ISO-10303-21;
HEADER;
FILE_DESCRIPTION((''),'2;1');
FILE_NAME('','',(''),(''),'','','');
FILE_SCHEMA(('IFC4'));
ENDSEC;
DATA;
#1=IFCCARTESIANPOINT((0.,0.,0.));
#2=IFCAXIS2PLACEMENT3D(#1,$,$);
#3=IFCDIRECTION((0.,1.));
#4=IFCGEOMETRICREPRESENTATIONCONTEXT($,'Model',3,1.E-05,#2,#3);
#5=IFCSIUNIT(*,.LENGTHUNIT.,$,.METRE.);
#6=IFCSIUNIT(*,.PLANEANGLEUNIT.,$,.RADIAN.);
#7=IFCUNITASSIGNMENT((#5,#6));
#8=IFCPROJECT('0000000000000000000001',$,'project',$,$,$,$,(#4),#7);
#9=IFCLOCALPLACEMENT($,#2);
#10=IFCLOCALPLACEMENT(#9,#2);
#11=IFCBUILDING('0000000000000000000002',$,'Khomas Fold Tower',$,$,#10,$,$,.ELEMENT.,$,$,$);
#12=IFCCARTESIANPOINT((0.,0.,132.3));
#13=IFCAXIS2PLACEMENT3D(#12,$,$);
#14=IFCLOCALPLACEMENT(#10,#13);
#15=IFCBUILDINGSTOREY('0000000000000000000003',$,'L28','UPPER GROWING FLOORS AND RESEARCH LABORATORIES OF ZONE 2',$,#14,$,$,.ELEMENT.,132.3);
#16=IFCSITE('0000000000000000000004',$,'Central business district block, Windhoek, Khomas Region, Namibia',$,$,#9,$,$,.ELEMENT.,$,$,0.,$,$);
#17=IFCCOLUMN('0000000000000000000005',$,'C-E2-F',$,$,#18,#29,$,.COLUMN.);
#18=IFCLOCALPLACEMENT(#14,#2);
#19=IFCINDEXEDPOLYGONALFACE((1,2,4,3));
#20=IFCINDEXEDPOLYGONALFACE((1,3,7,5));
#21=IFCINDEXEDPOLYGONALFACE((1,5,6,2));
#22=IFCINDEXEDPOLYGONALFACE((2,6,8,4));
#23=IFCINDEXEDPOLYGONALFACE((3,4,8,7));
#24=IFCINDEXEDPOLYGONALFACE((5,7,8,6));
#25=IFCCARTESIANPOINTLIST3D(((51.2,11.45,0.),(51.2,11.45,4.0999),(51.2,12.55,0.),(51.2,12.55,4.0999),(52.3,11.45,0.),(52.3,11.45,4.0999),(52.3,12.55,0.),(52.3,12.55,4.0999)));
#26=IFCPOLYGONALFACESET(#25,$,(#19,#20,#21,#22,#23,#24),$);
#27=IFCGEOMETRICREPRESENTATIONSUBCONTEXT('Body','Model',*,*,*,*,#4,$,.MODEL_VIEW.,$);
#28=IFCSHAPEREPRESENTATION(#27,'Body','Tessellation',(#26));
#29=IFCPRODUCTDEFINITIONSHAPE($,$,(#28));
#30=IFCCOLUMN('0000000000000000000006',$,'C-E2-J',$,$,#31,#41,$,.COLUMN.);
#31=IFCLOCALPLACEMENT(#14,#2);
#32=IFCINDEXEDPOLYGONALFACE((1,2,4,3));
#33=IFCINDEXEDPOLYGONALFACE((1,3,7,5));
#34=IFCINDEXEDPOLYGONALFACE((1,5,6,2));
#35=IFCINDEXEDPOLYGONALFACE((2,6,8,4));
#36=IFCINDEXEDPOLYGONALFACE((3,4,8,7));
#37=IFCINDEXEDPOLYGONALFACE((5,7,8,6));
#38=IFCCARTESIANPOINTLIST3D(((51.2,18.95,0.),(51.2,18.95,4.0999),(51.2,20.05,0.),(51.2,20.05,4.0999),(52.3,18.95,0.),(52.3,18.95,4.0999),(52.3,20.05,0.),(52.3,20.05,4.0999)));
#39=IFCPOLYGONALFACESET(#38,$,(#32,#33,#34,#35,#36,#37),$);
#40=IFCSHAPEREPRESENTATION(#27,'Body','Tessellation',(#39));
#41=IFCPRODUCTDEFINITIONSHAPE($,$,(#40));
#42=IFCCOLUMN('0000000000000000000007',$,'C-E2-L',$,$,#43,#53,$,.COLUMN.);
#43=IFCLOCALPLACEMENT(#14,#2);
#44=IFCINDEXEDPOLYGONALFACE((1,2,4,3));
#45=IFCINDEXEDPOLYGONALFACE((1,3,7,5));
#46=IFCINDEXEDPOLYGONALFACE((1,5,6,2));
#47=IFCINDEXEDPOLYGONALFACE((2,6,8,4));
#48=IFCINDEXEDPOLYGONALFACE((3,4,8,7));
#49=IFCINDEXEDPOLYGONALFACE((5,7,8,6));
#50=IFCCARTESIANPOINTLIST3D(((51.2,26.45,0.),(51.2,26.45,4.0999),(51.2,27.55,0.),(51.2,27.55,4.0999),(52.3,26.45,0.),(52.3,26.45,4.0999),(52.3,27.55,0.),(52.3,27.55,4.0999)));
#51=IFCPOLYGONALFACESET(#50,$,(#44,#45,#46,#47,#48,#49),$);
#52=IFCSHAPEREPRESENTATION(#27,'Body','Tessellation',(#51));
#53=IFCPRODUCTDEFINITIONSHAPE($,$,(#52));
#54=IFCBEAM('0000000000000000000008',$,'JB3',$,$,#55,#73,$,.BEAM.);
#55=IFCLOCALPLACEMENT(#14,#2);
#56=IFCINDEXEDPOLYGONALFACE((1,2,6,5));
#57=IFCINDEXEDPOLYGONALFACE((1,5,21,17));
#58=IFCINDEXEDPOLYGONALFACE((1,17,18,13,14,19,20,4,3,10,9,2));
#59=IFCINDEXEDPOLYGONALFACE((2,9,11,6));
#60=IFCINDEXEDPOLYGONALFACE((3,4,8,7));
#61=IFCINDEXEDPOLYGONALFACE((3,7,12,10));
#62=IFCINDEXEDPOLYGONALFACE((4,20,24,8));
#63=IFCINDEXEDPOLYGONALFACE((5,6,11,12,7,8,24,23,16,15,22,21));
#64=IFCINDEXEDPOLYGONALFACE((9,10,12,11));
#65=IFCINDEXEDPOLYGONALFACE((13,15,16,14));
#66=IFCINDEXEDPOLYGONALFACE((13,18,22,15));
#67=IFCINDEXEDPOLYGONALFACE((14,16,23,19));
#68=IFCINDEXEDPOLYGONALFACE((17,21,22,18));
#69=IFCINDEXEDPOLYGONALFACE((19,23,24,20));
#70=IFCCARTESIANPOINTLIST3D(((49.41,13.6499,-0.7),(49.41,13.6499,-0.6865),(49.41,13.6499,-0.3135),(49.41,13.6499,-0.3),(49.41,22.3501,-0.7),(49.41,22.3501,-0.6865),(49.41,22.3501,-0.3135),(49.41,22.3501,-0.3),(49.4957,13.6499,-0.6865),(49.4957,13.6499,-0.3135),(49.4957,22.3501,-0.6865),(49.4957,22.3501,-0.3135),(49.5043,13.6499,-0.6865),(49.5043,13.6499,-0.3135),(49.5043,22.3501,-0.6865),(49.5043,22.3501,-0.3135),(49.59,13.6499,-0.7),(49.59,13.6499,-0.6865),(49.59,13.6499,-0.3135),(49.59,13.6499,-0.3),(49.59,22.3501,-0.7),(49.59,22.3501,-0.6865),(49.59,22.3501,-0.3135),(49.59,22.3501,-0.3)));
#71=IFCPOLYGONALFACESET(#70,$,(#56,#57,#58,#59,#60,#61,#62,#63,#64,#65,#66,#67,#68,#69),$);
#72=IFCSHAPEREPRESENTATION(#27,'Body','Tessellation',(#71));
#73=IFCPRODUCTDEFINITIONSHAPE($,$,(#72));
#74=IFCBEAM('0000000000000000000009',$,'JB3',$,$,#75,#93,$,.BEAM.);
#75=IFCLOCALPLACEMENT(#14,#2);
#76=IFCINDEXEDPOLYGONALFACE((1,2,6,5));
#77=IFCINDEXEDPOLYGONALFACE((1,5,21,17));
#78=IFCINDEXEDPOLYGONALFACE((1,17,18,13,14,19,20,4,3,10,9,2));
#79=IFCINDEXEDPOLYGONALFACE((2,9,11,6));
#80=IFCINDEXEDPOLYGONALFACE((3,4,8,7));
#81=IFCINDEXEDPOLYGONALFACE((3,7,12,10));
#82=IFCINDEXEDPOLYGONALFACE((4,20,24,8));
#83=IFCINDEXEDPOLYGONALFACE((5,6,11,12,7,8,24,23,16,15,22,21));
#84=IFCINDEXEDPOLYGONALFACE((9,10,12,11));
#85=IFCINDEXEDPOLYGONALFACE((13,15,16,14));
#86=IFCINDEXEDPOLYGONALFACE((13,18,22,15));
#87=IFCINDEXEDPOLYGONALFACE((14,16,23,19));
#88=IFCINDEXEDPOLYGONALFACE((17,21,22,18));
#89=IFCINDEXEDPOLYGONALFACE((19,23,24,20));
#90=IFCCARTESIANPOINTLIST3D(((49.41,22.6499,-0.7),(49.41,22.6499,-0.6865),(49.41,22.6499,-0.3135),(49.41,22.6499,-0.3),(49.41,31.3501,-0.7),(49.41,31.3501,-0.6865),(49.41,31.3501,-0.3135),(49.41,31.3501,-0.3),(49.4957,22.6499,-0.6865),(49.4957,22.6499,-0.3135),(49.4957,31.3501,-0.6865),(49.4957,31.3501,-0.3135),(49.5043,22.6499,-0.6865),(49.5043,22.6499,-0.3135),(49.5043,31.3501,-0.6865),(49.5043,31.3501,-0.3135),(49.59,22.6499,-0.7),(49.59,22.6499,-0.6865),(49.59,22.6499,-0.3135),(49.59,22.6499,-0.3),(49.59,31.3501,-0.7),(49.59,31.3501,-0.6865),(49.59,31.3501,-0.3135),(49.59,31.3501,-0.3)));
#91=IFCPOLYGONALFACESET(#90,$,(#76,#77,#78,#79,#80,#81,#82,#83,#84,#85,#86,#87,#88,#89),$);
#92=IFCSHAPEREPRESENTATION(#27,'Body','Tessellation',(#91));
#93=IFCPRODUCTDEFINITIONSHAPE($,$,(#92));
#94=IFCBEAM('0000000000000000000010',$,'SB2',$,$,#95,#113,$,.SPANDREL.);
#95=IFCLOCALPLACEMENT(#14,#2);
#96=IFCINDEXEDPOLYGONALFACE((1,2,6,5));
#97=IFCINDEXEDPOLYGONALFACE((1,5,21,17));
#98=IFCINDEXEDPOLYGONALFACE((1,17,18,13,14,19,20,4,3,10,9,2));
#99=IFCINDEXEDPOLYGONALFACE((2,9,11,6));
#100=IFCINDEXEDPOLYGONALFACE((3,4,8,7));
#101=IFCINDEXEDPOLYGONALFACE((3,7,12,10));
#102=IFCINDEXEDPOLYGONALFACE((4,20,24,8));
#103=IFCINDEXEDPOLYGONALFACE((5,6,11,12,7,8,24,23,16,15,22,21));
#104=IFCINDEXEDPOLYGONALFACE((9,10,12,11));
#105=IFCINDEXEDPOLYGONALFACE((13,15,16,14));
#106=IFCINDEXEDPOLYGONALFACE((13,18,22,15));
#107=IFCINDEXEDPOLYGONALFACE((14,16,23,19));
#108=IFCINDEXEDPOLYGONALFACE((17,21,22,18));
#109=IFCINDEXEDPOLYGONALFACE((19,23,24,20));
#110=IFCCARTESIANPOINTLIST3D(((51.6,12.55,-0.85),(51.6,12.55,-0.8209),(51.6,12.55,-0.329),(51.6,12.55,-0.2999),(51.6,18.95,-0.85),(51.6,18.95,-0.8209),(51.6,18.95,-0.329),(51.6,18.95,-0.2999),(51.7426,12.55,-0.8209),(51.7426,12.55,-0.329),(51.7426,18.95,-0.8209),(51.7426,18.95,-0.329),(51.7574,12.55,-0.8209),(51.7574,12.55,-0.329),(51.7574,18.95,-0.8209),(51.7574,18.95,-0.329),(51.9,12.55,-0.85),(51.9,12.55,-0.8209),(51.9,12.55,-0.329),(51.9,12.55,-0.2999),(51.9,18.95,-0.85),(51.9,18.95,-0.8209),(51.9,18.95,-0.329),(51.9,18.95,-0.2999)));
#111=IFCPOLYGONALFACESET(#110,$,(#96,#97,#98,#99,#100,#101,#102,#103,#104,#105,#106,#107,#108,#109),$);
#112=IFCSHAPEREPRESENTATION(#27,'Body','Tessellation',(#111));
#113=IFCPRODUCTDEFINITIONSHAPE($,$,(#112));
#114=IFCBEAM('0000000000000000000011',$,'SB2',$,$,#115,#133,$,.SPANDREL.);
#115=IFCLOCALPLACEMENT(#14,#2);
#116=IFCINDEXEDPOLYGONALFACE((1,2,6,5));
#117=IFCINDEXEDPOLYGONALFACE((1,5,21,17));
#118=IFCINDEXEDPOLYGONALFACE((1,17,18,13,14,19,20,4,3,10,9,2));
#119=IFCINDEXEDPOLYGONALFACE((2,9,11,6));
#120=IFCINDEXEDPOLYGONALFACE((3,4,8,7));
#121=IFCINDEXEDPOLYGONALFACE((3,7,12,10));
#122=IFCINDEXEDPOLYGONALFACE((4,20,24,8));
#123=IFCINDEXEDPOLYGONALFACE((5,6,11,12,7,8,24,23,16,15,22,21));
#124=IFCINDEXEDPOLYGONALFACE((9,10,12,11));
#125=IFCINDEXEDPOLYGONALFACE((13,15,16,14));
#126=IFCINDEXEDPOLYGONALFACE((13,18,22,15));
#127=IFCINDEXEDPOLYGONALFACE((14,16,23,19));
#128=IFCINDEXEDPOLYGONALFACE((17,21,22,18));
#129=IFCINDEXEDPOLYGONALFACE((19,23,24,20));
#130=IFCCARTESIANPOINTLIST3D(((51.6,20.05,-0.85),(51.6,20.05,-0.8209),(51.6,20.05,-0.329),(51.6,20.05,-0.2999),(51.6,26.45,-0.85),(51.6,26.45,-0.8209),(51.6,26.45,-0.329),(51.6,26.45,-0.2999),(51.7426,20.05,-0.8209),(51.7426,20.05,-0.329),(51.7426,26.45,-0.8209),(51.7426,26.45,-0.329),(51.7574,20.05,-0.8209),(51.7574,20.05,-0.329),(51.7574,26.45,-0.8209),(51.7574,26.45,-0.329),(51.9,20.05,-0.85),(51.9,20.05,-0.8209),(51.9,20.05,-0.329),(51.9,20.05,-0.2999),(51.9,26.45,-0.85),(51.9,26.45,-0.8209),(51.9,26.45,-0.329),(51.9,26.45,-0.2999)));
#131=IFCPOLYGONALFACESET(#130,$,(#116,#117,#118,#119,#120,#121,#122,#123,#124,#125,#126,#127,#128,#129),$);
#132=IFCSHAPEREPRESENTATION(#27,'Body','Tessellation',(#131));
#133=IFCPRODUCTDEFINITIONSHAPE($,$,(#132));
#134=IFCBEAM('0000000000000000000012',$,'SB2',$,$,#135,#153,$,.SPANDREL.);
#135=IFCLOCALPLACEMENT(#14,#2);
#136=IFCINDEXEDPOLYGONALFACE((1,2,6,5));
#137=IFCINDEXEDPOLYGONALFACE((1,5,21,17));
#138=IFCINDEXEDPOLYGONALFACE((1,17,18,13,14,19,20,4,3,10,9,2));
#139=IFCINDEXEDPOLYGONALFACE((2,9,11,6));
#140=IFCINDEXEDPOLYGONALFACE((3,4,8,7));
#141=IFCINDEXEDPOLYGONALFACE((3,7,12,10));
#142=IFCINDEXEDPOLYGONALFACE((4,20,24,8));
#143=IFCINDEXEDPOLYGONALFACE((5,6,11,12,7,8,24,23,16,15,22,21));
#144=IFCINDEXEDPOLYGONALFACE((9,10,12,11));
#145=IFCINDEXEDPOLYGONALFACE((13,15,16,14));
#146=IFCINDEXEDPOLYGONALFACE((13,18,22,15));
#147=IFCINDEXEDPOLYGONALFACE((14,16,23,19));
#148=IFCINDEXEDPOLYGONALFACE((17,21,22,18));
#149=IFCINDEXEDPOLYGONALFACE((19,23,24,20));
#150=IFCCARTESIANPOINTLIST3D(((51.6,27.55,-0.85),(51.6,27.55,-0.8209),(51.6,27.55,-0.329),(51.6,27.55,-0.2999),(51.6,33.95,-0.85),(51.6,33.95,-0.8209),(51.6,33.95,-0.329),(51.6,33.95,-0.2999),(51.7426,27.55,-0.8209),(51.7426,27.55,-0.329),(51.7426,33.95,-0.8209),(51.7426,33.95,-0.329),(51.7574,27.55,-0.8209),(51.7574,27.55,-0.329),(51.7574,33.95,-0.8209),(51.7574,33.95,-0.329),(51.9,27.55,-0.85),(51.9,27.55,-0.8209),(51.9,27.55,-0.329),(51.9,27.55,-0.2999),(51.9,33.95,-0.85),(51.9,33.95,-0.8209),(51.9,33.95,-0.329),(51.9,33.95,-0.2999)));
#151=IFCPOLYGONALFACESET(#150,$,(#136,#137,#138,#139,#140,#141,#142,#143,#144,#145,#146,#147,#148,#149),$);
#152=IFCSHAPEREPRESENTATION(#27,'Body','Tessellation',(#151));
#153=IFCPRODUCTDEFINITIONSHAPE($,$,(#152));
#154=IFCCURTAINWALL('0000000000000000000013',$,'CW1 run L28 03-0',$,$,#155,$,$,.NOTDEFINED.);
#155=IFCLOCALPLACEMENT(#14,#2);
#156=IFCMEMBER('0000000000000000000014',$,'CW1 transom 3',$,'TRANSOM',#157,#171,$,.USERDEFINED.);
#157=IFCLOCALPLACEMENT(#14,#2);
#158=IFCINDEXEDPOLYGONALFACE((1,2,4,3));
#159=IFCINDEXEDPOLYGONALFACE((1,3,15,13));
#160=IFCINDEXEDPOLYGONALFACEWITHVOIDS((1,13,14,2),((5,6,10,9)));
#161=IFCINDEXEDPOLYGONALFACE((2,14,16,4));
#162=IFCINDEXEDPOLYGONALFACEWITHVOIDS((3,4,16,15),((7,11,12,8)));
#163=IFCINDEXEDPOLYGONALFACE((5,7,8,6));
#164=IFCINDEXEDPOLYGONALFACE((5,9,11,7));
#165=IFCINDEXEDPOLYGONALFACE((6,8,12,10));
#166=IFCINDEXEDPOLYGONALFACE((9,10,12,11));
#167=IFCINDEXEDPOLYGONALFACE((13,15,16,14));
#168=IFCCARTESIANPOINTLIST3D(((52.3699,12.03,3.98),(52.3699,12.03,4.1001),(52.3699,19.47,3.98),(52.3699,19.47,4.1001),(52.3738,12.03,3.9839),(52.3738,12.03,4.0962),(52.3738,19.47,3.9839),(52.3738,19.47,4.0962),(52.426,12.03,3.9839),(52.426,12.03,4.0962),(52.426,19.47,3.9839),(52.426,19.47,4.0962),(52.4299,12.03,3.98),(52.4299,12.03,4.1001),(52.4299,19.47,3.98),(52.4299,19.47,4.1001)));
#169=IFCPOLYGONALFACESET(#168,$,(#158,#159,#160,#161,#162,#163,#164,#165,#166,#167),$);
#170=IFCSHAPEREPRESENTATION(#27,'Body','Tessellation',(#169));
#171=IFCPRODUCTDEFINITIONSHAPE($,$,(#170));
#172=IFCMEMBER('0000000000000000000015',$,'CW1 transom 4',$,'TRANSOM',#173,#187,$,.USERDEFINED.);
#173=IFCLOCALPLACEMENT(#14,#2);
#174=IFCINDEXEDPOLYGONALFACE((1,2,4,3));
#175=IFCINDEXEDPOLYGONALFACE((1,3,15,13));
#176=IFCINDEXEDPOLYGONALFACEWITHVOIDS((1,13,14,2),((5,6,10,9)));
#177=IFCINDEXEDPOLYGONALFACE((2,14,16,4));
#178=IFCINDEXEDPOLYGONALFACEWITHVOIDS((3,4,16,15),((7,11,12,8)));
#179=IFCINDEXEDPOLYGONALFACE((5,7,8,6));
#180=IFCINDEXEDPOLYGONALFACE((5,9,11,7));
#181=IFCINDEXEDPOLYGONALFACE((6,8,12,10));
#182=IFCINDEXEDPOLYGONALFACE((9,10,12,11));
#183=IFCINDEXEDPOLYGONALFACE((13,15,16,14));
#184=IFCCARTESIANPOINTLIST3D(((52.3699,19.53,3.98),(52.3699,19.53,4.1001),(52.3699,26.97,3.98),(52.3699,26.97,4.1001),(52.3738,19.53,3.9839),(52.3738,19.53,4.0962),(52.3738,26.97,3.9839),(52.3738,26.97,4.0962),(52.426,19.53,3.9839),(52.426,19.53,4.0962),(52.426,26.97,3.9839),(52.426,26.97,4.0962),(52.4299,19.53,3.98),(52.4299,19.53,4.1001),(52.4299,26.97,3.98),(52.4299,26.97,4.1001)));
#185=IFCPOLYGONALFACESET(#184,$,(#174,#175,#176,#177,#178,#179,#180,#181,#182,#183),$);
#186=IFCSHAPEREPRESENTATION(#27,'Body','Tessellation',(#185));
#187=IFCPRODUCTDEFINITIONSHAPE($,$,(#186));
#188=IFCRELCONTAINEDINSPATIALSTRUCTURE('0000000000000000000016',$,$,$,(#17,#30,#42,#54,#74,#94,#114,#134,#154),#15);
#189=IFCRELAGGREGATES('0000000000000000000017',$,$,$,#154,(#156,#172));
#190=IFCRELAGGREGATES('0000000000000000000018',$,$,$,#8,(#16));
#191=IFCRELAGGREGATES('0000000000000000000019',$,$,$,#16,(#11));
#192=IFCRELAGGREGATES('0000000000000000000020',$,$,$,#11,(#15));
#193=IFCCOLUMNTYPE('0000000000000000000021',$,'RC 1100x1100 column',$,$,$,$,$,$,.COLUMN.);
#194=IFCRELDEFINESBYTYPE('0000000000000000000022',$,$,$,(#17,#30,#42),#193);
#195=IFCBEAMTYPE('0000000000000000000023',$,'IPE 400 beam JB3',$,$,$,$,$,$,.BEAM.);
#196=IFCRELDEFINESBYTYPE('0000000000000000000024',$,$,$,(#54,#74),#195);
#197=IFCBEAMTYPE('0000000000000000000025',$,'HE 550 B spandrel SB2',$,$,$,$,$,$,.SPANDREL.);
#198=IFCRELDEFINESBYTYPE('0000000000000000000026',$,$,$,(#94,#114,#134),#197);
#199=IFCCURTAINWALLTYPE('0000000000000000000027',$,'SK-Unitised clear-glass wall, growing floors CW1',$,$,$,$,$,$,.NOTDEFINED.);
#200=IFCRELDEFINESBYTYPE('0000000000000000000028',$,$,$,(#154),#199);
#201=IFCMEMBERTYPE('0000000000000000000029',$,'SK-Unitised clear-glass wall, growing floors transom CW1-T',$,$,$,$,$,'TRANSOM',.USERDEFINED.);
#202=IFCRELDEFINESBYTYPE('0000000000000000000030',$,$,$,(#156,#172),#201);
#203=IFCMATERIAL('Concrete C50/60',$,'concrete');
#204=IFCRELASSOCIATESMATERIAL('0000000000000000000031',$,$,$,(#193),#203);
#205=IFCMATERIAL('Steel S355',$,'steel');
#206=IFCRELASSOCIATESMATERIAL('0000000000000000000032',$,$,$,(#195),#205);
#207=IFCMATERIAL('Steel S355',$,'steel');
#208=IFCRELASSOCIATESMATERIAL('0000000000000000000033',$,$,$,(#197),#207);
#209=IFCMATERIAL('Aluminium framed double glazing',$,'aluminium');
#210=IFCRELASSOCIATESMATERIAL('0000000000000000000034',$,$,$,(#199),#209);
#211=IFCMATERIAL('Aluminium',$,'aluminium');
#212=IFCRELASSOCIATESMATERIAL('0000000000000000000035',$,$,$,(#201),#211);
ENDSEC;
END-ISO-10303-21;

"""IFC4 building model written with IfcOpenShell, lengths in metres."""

from ifc_helpers import new_model, si_unit, direction, frame, origin, origin_2d, place, context, subcontext, project, spatial, rectangle, hollow_rectangle, i_section, extrude, source, transform, mapped, material, material_profile, profile_set, type_object, element, aggregate, save


model = new_model("IFC4")

# Units and contexts
model_context = context("Model", 3, precision=1e-05, world=origin(), true_north=direction((0.0, 1.0)))
body_context = subcontext(model_context, "Body", "Model", "MODEL_VIEW")
ifc_project = project(units=[si_unit("LENGTHUNIT", "METRE"), si_unit("PLANEANGLEUNIT", "RADIAN")], contexts=[model_context])

# Site, building, storey
site_placement = place(None, origin())
site = spatial("IfcSite", under=ifc_project, at=site_placement, Name="Central business district block, Windhoek, Khomas Region, Namibia", CompositionType="ELEMENT", RefElevation=0.0)
building_placement = place(site_placement, origin())
building = spatial("IfcBuilding", under=site, at=building_placement, Name="Khomas Fold Tower", CompositionType="ELEMENT")
storey_placement = place(building_placement, frame((0.0, 0.0, 132.3)))
storey = spatial("IfcBuildingStorey", under=building, at=storey_placement, Name="L28", Description="UPPER GROWING FLOORS AND RESEARCH LABORATORIES OF ZONE 2", CompositionType="ELEMENT", Elevation=132.3)

# Columns
ifc_material_1 = material(Name="Concrete C50/60", Category="concrete")
ifc_material_profile_1 = material_profile(ifc_material_1, rectangle(XDim=1.1001, YDim=1.1001, at=origin_2d()), Name="RC 1100x1100")
ifc_profile_set_1 = profile_set([ifc_material_profile_1], Name="Concrete C50/60")
column_type = type_object("IfcColumnType", Name="RC 1100x1100 column", PredefinedType="COLUMN", material=ifc_profile_set_1)
shared_shape_1 = source(origin(), body_context, "Body", "SweptSolid", [
    extrude(rectangle(XDim=1.1001, YDim=1.1001, at=origin_2d()), origin(), (0.0, 0.0, 1.0), 4.0999),
])
for number, where, z_axis, x_axis, name in (
    (1, (51.75, 12.0, 0.0), (0.0, 0.0, 1.0), (1.0, 0.0, 0.0), "C-E2-F"),
    (2, (51.75, 19.5, 0.0), (0.0, 0.0, 1.0), (1.0, 0.0, 0.0), "C-E2-J"),
    (3, (51.75, 27.0, 0.0), (0.0, 0.0, 1.0), (1.0, 0.0, 0.0), "C-E2-L"),
):
    element("IfcColumn", number, at=place(storey_placement, frame(where, z_axis=z_axis, x_axis=x_axis)), inside=storey, type_object=column_type, Name=name, PredefinedType="COLUMN", context=body_context, shape_type="MappedRepresentation", body=[
        mapped(shared_shape_1, transform((0.0, 0.0, 0.0))),
    ])

# Beams
ifc_material_2 = material(Name="Steel S355", Category="steel")
ifc_material_profile_2 = material_profile(ifc_material_2, i_section(OverallWidth=0.1799, OverallDepth=0.3999, WebThickness=0.0085, FlangeThickness=0.0134, at=origin_2d()), Name="IPE 400")
ifc_profile_set_2 = profile_set([ifc_material_profile_2], Name="Steel S355")
beam_type_1 = type_object("IfcBeamType", Name="IPE 400 beam JB3", PredefinedType="BEAM", material=ifc_profile_set_2)
shared_shape_2 = source(origin(), body_context, "Body", "SweptSolid", [
    extrude(i_section(OverallWidth=0.1799, OverallDepth=0.3999, WebThickness=0.0085, FlangeThickness=0.0134, at=origin_2d()), origin(), (0.0, 0.0, 1.0), 8.7002),
])
for number, where, z_axis, x_axis, name in (
    (4, (49.5, 13.6499, -0.5), (0.0, 1.0, 0.0), (-1.0, 0.0, 0.0), "JB3"),
    (5, (49.5, 22.6499, -0.5), (0.0, 1.0, 0.0), (-1.0, 0.0, 0.0), "JB3"),
):
    element("IfcBeam", number, at=place(storey_placement, frame(where, z_axis=z_axis, x_axis=x_axis)), inside=storey, type_object=beam_type_1, Name=name, PredefinedType="BEAM", context=body_context, shape_type="MappedRepresentation", body=[
        mapped(shared_shape_2, transform((0.0, 0.0, 0.0))),
    ])
ifc_material_3 = material(Name="Steel S355", Category="steel")
ifc_material_profile_3 = material_profile(ifc_material_3, i_section(OverallWidth=0.3, OverallDepth=0.55, WebThickness=0.0149, FlangeThickness=0.0291, at=origin_2d()), Name="HE 550 B")
ifc_profile_set_3 = profile_set([ifc_material_profile_3], Name="Steel S355")
beam_type_2 = type_object("IfcBeamType", Name="HE 550 B spandrel SB2", PredefinedType="SPANDREL", material=ifc_profile_set_3)
shared_shape_3 = source(origin(), body_context, "Body", "SweptSolid", [
    extrude(i_section(OverallWidth=0.3, OverallDepth=0.55, WebThickness=0.0149, FlangeThickness=0.0291, at=origin_2d()), origin(), (0.0, 0.0, 1.0), 6.3999),
])
for number, where, z_axis, x_axis, name in (
    (6, (51.75, 12.55, -0.575), (0.0, 1.0, 0.0), (-1.0, 0.0, 0.0), "SB2"),
    (7, (51.75, 20.05, -0.575), (0.0, 1.0, 0.0), (-1.0, 0.0, 0.0), "SB2"),
    (8, (51.75, 27.55, -0.575), (0.0, 1.0, 0.0), (-1.0, 0.0, 0.0), "SB2"),
):
    element("IfcBeam", number, at=place(storey_placement, frame(where, z_axis=z_axis, x_axis=x_axis)), inside=storey, type_object=beam_type_2, Name=name, PredefinedType="SPANDREL", context=body_context, shape_type="MappedRepresentation", body=[
        mapped(shared_shape_3, transform((0.0, 0.0, 0.0))),
    ])

# Curtain wall, members
ifc_material_4 = material(Name="Aluminium framed double glazing", Category="aluminium")
curtain_wall_type = type_object("IfcCurtainWallType", Name="SK-Unitised clear-glass wall, growing floors CW1", PredefinedType="NOTDEFINED", material=ifc_material_4)
curtain_wall_placement = place(storey_placement, origin())
curtain_wall = element("IfcCurtainWall", 9, at=curtain_wall_placement, inside=storey, type_object=curtain_wall_type, Name="CW1 run L28 03-0", PredefinedType="NOTDEFINED")
ifc_material_5 = material(Name="Aluminium", Category="aluminium")
ifc_material_profile_4 = material_profile(ifc_material_5, hollow_rectangle(XDim=0.0601, YDim=0.1201, WallThickness=0.0039, at=origin_2d()), Name="SK-Unitised clear-glass wall, growing floors transom CW1-T")
ifc_profile_set_4 = profile_set([ifc_material_profile_4], Name="Aluminium")
member_type_1 = type_object("IfcMemberType", Name="SK-Unitised clear-glass wall, growing floors transom CW1-T", ElementType="TRANSOM", PredefinedType="USERDEFINED", material=ifc_profile_set_4)
shared_shape_4 = source(origin(), body_context, "Body", "SweptSolid", [
    extrude(hollow_rectangle(XDim=0.0601, YDim=0.1201, WallThickness=0.0039, at=origin_2d()), origin(), (0.0, 0.0, 1.0), 7.4399),
])
member_1_placement = place(storey_placement, frame((52.3999, 12.03, 4.04), z_axis=(0.0, 1.0, 0.0), x_axis=(-1.0, 0.0, 0.0)))
member_1 = element("IfcMember", 10, at=member_1_placement, type_object=member_type_1, Name="CW1 transom 3", ObjectType="TRANSOM", PredefinedType="USERDEFINED", context=body_context, shape_type="MappedRepresentation", body=[
    mapped(shared_shape_4, transform((0.0, 0.0, 0.0))),
])
member_2_placement = place(storey_placement, frame((52.3999, 19.53, 4.04), z_axis=(0.0, 1.0, 0.0), x_axis=(-1.0, 0.0, 0.0)))
member_2 = element("IfcMember", 11, at=member_2_placement, type_object=member_type_1, Name="CW1 transom 4", ObjectType="TRANSOM", PredefinedType="USERDEFINED", context=body_context, shape_type="MappedRepresentation", body=[
    mapped(shared_shape_4, transform((0.0, 0.0, 0.0))),
])
aggregate(curtain_wall, [member_1, member_2])

save(model, "model.ifc")
